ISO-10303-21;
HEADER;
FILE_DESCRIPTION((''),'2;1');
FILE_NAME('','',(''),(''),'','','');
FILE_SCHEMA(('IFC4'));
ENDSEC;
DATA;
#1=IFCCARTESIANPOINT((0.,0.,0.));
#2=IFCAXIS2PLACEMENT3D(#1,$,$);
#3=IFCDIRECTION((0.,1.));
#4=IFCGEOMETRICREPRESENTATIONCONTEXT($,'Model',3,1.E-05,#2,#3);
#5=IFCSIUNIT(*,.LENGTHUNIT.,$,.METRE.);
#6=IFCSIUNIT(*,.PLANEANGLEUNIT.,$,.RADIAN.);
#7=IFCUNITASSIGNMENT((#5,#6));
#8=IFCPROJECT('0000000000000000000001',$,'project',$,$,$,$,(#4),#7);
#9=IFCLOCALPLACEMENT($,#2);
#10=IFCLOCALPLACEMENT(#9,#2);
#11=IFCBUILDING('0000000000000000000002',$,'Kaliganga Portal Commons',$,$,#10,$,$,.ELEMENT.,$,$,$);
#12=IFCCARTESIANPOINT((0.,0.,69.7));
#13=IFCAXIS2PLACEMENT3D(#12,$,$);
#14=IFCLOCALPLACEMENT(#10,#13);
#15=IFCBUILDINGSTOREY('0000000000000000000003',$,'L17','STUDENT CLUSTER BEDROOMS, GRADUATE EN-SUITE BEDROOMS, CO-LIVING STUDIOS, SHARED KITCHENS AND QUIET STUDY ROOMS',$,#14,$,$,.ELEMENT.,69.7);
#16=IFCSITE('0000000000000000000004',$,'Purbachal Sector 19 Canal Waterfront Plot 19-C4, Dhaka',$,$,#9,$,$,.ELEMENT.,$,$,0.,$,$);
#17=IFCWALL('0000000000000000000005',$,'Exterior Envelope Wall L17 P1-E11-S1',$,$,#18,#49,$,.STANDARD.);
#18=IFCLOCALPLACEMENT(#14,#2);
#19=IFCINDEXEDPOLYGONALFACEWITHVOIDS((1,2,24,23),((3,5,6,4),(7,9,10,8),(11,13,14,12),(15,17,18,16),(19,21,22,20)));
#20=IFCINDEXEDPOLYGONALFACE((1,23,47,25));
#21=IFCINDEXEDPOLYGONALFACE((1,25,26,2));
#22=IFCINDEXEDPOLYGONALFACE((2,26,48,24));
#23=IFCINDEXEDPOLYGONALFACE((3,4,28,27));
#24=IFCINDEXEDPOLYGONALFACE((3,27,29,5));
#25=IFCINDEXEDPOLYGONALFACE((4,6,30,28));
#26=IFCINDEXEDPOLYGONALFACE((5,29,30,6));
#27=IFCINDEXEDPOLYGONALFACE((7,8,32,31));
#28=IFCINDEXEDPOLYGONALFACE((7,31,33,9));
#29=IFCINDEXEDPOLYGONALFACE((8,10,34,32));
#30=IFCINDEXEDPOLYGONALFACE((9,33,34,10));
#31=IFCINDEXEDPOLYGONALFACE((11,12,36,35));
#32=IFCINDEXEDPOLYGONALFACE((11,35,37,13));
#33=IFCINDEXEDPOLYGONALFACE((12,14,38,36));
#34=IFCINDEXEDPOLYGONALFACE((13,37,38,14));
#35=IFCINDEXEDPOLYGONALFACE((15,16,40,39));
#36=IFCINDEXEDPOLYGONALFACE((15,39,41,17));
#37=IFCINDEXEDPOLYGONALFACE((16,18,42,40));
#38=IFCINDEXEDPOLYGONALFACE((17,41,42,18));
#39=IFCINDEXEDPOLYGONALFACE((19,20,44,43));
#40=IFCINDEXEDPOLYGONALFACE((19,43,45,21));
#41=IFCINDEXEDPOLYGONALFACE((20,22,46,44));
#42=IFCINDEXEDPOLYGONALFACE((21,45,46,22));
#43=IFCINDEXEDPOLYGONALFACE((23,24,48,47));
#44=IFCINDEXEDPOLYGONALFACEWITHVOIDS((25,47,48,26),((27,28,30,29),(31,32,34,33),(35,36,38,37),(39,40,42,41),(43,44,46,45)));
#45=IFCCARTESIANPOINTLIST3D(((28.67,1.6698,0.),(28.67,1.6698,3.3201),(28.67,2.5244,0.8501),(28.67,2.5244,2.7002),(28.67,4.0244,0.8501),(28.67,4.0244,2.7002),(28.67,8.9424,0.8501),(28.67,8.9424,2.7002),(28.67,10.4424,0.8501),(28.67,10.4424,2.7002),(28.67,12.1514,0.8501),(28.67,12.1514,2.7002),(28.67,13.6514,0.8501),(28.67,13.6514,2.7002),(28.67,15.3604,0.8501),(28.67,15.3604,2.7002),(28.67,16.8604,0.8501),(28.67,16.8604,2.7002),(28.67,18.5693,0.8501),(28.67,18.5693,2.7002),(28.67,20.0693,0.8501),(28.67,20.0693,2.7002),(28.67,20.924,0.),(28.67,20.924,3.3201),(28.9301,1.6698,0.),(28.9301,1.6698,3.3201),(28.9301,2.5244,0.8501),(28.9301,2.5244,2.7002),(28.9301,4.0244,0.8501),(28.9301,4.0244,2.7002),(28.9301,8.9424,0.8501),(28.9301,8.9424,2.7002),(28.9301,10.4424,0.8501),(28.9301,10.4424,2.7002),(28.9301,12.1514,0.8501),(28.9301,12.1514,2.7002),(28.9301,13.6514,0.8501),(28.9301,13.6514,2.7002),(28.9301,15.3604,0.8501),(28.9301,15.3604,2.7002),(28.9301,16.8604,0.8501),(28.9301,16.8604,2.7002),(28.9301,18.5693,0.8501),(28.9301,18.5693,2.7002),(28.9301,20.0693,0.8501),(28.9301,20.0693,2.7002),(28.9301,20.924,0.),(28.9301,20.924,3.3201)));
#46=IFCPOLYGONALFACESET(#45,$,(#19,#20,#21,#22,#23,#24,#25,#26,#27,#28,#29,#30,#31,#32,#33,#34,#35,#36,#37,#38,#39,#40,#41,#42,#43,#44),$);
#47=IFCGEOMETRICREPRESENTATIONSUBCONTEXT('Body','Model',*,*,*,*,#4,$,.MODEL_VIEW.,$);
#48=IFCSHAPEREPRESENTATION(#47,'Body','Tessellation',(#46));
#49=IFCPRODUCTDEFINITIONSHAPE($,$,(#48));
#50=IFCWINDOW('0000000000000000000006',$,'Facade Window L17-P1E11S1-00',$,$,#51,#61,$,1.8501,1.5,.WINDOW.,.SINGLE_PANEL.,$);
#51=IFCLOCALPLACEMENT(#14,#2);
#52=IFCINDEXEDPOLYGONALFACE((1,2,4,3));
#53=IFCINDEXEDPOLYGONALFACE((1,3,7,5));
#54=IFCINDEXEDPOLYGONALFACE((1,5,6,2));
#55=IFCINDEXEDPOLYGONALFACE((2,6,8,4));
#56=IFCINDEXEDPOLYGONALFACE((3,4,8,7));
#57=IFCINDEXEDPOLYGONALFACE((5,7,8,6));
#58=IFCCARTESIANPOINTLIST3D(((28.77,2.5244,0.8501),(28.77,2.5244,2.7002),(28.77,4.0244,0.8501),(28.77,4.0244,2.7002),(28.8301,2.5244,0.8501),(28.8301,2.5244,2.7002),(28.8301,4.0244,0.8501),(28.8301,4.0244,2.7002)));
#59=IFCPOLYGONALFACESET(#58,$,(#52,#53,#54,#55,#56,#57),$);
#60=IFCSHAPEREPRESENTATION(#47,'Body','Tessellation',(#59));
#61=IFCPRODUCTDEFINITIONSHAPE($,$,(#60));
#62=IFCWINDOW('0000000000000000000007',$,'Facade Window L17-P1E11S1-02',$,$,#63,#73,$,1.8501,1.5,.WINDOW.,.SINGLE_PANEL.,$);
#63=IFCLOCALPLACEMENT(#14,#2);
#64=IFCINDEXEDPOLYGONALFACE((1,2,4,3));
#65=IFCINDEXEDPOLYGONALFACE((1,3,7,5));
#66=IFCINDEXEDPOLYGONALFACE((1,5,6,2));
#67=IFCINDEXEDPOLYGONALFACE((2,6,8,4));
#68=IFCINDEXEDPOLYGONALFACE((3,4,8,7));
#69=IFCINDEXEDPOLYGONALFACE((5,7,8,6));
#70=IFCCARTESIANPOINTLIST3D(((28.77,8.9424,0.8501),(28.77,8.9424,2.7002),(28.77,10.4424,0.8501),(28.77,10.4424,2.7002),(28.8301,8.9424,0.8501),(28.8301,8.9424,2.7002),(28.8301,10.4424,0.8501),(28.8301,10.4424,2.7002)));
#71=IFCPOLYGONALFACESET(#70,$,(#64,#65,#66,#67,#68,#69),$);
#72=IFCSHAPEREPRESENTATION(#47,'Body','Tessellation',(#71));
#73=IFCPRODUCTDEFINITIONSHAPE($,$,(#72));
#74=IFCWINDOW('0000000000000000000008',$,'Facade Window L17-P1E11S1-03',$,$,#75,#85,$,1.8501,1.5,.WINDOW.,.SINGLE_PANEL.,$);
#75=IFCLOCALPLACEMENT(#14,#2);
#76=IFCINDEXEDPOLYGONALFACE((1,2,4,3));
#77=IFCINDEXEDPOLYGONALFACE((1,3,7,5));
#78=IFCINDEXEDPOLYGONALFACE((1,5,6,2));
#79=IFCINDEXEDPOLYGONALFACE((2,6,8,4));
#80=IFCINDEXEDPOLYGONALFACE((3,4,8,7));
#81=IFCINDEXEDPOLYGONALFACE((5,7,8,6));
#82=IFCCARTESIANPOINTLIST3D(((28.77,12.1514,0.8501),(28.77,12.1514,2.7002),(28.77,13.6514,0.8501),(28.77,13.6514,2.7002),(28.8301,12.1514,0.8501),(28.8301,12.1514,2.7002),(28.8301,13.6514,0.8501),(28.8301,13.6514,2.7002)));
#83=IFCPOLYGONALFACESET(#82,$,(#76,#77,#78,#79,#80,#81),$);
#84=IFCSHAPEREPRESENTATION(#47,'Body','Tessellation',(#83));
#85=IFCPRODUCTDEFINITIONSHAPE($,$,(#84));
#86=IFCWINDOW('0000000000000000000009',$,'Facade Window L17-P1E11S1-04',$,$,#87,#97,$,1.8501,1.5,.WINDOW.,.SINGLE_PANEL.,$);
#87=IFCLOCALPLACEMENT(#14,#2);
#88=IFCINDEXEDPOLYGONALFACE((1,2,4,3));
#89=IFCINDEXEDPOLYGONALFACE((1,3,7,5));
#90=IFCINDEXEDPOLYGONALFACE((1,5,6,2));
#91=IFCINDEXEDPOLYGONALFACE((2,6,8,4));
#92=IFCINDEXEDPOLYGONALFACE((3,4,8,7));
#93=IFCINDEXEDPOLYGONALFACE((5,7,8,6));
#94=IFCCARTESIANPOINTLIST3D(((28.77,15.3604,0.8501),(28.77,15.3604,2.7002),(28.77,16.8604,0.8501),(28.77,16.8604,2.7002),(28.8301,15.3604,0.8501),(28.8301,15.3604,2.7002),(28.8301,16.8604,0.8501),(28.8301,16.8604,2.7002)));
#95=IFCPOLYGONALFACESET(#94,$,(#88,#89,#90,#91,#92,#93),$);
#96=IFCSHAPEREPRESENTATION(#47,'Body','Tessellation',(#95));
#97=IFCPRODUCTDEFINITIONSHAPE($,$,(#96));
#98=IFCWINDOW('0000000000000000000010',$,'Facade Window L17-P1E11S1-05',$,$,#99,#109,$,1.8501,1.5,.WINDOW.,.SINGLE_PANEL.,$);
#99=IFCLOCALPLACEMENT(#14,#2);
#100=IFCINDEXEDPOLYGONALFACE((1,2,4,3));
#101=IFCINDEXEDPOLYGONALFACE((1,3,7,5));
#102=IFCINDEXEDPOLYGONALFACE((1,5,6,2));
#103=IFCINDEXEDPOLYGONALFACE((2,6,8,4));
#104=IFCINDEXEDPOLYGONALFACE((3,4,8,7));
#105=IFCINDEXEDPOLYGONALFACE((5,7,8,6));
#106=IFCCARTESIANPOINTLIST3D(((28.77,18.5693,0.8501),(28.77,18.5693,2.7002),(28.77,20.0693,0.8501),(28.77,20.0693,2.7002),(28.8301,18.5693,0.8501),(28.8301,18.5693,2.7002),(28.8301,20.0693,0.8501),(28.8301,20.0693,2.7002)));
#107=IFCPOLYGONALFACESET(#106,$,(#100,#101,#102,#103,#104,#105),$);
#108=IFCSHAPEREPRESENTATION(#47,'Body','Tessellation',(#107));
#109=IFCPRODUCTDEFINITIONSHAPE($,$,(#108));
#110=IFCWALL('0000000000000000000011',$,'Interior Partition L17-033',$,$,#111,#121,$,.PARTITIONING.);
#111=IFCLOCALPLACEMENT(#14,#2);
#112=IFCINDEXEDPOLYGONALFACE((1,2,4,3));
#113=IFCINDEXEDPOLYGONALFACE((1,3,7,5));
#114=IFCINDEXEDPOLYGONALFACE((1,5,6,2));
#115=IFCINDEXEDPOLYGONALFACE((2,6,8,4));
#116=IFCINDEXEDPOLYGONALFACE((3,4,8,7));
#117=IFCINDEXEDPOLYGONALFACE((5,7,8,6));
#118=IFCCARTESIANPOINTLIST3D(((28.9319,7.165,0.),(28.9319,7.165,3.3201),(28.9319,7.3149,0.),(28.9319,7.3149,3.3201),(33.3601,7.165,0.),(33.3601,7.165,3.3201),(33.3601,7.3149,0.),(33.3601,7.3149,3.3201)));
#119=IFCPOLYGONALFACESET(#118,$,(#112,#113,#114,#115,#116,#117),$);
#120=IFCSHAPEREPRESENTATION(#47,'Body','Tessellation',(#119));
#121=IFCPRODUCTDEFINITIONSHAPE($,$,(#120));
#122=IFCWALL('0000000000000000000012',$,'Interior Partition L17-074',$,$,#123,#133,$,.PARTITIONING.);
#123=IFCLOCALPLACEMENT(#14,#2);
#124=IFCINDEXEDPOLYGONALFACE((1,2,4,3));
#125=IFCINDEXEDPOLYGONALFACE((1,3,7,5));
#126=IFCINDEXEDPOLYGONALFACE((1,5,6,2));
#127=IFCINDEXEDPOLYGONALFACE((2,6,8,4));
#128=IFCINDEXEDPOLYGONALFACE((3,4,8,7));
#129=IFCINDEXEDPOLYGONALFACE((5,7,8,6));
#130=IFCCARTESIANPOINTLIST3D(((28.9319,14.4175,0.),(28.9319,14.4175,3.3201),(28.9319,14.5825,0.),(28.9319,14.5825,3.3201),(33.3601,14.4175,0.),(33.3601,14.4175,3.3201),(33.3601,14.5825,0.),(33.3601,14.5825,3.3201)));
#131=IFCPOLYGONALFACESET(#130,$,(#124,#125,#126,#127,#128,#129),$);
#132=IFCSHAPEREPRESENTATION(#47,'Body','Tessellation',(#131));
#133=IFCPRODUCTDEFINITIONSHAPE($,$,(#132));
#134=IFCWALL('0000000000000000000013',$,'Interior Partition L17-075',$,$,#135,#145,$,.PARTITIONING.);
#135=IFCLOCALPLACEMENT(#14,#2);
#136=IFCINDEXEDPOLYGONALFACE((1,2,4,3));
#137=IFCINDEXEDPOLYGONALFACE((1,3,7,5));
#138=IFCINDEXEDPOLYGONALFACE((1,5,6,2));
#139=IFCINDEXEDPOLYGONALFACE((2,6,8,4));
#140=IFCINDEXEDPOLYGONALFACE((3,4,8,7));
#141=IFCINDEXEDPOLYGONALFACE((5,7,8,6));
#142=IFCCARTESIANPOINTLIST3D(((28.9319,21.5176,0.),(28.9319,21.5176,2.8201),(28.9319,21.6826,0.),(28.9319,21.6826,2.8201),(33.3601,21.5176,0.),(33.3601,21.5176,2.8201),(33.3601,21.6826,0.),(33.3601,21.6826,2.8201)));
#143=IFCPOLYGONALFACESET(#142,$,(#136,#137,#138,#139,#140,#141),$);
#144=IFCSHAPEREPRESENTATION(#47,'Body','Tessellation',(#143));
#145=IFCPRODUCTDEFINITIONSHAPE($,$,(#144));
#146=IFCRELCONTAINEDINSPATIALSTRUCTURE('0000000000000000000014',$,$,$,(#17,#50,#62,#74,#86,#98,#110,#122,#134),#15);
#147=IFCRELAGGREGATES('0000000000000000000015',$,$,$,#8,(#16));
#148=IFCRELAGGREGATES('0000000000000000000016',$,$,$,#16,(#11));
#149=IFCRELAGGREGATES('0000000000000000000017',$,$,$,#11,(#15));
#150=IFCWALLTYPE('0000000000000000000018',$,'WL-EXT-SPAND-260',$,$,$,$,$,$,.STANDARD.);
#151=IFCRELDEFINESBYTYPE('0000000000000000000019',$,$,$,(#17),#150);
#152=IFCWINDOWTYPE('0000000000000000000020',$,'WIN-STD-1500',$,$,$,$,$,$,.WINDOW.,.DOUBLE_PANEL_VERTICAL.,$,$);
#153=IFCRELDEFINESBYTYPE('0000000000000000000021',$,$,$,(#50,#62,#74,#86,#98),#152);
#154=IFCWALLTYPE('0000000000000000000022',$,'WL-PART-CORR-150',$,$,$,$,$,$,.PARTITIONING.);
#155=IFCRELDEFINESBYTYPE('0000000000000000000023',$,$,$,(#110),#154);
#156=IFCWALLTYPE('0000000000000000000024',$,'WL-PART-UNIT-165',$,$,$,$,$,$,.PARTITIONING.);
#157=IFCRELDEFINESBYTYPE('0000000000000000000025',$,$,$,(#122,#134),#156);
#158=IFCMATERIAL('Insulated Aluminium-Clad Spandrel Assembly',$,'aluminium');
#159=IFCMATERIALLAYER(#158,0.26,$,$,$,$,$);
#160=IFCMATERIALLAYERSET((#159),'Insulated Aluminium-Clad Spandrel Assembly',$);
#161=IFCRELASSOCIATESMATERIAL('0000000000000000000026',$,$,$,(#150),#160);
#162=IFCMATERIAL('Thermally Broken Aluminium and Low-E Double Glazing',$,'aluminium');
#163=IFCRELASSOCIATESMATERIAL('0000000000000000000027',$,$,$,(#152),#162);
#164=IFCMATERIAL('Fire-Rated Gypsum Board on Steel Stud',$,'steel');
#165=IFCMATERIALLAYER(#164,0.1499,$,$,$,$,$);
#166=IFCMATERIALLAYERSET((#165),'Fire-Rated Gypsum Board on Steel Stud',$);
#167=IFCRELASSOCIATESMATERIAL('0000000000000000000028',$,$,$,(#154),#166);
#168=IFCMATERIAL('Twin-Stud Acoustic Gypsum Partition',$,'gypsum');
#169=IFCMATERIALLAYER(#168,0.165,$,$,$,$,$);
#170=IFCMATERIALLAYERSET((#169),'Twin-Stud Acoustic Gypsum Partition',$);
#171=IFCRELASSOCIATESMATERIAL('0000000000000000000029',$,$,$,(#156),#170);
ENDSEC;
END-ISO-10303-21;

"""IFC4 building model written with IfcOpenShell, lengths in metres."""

from ifc_helpers import new_model, si_unit, direction, frame, frame_2d, origin, place, context, subcontext, project, spatial, rectangle, extrude, material, layer, layer_set, type_object, element, fill, save


model = new_model("IFC4")

# Units and contexts
model_context = context("Model", 3, precision=1e-05, world=origin(), true_north=direction((0.0, 1.0)))
body_context = subcontext(model_context, "Body", "Model", "MODEL_VIEW")
ifc_project = project(units=[si_unit("LENGTHUNIT", "METRE"), si_unit("PLANEANGLEUNIT", "RADIAN")], contexts=[model_context])

# Site, building, storey
site_placement = place(None, origin())
site = spatial("IfcSite", under=ifc_project, at=site_placement, Name="Purbachal Sector 19 Canal Waterfront Plot 19-C4, Dhaka", CompositionType="ELEMENT", RefElevation=0.0)
building_placement = place(site_placement, origin())
building = spatial("IfcBuilding", under=site, at=building_placement, Name="Kaliganga Portal Commons", CompositionType="ELEMENT")
storey_placement = place(building_placement, frame((0.0, 0.0, 69.7)))
storey = spatial("IfcBuildingStorey", under=building, at=storey_placement, Name="L17", Description="STUDENT CLUSTER BEDROOMS, GRADUATE EN-SUITE BEDROOMS, CO-LIVING STUDIOS, SHARED KITCHENS AND QUIET STUDY ROOMS", CompositionType="ELEMENT", Elevation=69.7)

# Shared definitions
ifc_material_1 = material(Name="Insulated Aluminium-Clad Spandrel Assembly", Category="aluminium")
ifc_layer_1 = layer(ifc_material_1, 0.26)
ifc_layer_set_1 = layer_set([ifc_layer_1], Name="Insulated Aluminium-Clad Spandrel Assembly")
wall_type_1 = type_object("IfcWallType", Name="WL-EXT-SPAND-260", PredefinedType="STANDARD", material=ifc_layer_set_1)
ifc_material_2 = material(Name="Thermally Broken Aluminium and Low-E Double Glazing", Category="aluminium")

# Wall, openings, windows
wall_1_placement = place(storey_placement, frame((28.8, 1.6699, 0.0), z_axis=(0.0, 0.0, 1.0), x_axis=(0.0, 1.0, 0.0)))
wall_1 = element("IfcWall", 1, at=wall_1_placement, inside=storey, type_object=wall_type_1, Name="Exterior Envelope Wall L17 P1-E11-S1", PredefinedType="STANDARD", context=body_context, shape_type="SweptSolid", body=[
    extrude(rectangle(XDim=19.2542, YDim=0.26, at=frame_2d((9.627, 0.0))), origin(), (0.0, 0.0, 1.0), 3.3201),
])
opening_1_placement = place(wall_1_placement, frame((0.8545, 0.0, 0.8501)))
opening_1 = element("IfcOpeningElement", 2, at=opening_1_placement, cuts=wall_1, PredefinedType="OPENING", context=body_context, shape_type="SweptSolid", body=[
    extrude(rectangle(XDim=1.5, YDim=1.8501, at=frame_2d((0.75, 0.925))), frame((0.0, 0.1401, 0.0), z_axis=(0.0, -1.0, 0.0), x_axis=(1.0, 0.0, 0.0)), (0.0, 0.0, 1.0), 0.28),
])
opening_2_placement = place(wall_1_placement, frame((7.2725, 0.0, 0.8501)))
opening_2 = element("IfcOpeningElement", 3, at=opening_2_placement, cuts=wall_1, PredefinedType="OPENING", context=body_context, shape_type="SweptSolid", body=[
    extrude(rectangle(XDim=1.5, YDim=1.8501, at=frame_2d((0.75, 0.925))), frame((0.0, 0.1401, 0.0), z_axis=(0.0, -1.0, 0.0), x_axis=(1.0, 0.0, 0.0)), (0.0, 0.0, 1.0), 0.28),
])
opening_3_placement = place(wall_1_placement, frame((10.4814, 0.0, 0.8501)))
opening_3 = element("IfcOpeningElement", 4, at=opening_3_placement, cuts=wall_1, PredefinedType="OPENING", context=body_context, shape_type="SweptSolid", body=[
    extrude(rectangle(XDim=1.5, YDim=1.8501, at=frame_2d((0.75, 0.925))), frame((0.0, 0.1401, 0.0), z_axis=(0.0, -1.0, 0.0), x_axis=(1.0, 0.0, 0.0)), (0.0, 0.0, 1.0), 0.28),
])
opening_4_placement = place(wall_1_placement, frame((13.6904, 0.0, 0.8501)))
opening_4 = element("IfcOpeningElement", 5, at=opening_4_placement, cuts=wall_1, PredefinedType="OPENING", context=body_context, shape_type="SweptSolid", body=[
    extrude(rectangle(XDim=1.5, YDim=1.8501, at=frame_2d((0.75, 0.925))), frame((0.0, 0.1401, 0.0), z_axis=(0.0, -1.0, 0.0), x_axis=(1.0, 0.0, 0.0)), (0.0, 0.0, 1.0), 0.28),
])
opening_5_placement = place(wall_1_placement, frame((16.8994, 0.0, 0.8501)))
opening_5 = element("IfcOpeningElement", 6, at=opening_5_placement, cuts=wall_1, PredefinedType="OPENING", context=body_context, shape_type="SweptSolid", body=[
    extrude(rectangle(XDim=1.5, YDim=1.8501, at=frame_2d((0.75, 0.925))), frame((0.0, 0.1401, 0.0), z_axis=(0.0, -1.0, 0.0), x_axis=(1.0, 0.0, 0.0)), (0.0, 0.0, 1.0), 0.28),
])
window_type_1 = type_object("IfcWindowType", Name="WIN-STD-1500", PartitioningType="DOUBLE_PANEL_VERTICAL", PredefinedType="WINDOW", material=ifc_material_2)
window_1_placement = place(opening_1_placement, origin())
window_1 = element("IfcWindow", 7, at=window_1_placement, inside=storey, type_object=window_type_1, Name="Facade Window L17-P1E11S1-00", OverallHeight=1.8501, OverallWidth=1.5, PartitioningType="SINGLE_PANEL", PredefinedType="WINDOW", context=body_context, shape_type="SweptSolid", body=[
    extrude(rectangle(XDim=1.5, YDim=1.8501, at=frame_2d((0.75, 0.925))), frame((0.0, 0.03, 0.0), z_axis=(0.0, -1.0, 0.0), x_axis=(1.0, 0.0, 0.0)), (0.0, 0.0, 1.0), 0.0601),
])
fill(opening_1, window_1)
window_2_placement = place(opening_2_placement, origin())
window_2 = element("IfcWindow", 8, at=window_2_placement, inside=storey, type_object=window_type_1, Name="Facade Window L17-P1E11S1-02", OverallHeight=1.8501, OverallWidth=1.5, PartitioningType="SINGLE_PANEL", PredefinedType="WINDOW", context=body_context, shape_type="SweptSolid", body=[
    extrude(rectangle(XDim=1.5, YDim=1.8501, at=frame_2d((0.75, 0.925))), frame((0.0, 0.03, 0.0), z_axis=(0.0, -1.0, 0.0), x_axis=(1.0, 0.0, 0.0)), (0.0, 0.0, 1.0), 0.0601),
])
fill(opening_2, window_2)
window_3_placement = place(opening_3_placement, origin())
window_3 = element("IfcWindow", 9, at=window_3_placement, inside=storey, type_object=window_type_1, Name="Facade Window L17-P1E11S1-03", OverallHeight=1.8501, OverallWidth=1.5, PartitioningType="SINGLE_PANEL", PredefinedType="WINDOW", context=body_context, shape_type="SweptSolid", body=[
    extrude(rectangle(XDim=1.5, YDim=1.8501, at=frame_2d((0.75, 0.925))), frame((0.0, 0.03, 0.0), z_axis=(0.0, -1.0, 0.0), x_axis=(1.0, 0.0, 0.0)), (0.0, 0.0, 1.0), 0.0601),
])
fill(opening_3, window_3)
window_4_placement = place(opening_4_placement, origin())
window_4 = element("IfcWindow", 10, at=window_4_placement, inside=storey, type_object=window_type_1, Name="Facade Window L17-P1E11S1-04", OverallHeight=1.8501, OverallWidth=1.5, PartitioningType="SINGLE_PANEL", PredefinedType="WINDOW", context=body_context, shape_type="SweptSolid", body=[
    extrude(rectangle(XDim=1.5, YDim=1.8501, at=frame_2d((0.75, 0.925))), frame((0.0, 0.03, 0.0), z_axis=(0.0, -1.0, 0.0), x_axis=(1.0, 0.0, 0.0)), (0.0, 0.0, 1.0), 0.0601),
])
fill(opening_4, window_4)
window_5_placement = place(opening_5_placement, origin())
window_5 = element("IfcWindow", 11, at=window_5_placement, inside=storey, type_object=window_type_1, Name="Facade Window L17-P1E11S1-05", OverallHeight=1.8501, OverallWidth=1.5, PartitioningType="SINGLE_PANEL", PredefinedType="WINDOW", context=body_context, shape_type="SweptSolid", body=[
    extrude(rectangle(XDim=1.5, YDim=1.8501, at=frame_2d((0.75, 0.925))), frame((0.0, 0.03, 0.0), z_axis=(0.0, -1.0, 0.0), x_axis=(1.0, 0.0, 0.0)), (0.0, 0.0, 1.0), 0.0601),
])
fill(opening_5, window_5)

# Walls
ifc_material_3 = material(Name="Fire-Rated Gypsum Board on Steel Stud", Category="steel")
ifc_layer_2 = layer(ifc_material_3, 0.1499)
ifc_layer_set_2 = layer_set([ifc_layer_2], Name="Fire-Rated Gypsum Board on Steel Stud")
wall_type_2 = type_object("IfcWallType", Name="WL-PART-CORR-150", PredefinedType="PARTITIONING", material=ifc_layer_set_2)
wall_2_placement = place(storey_placement, frame((28.9319, 7.24, 0.0), z_axis=(0.0, 0.0, 1.0), x_axis=(1.0, 0.0, 0.0)))
element("IfcWall", 12, at=wall_2_placement, inside=storey, type_object=wall_type_2, Name="Interior Partition L17-033", PredefinedType="PARTITIONING", context=body_context, shape_type="SweptSolid", body=[
    extrude(rectangle(XDim=4.4282, YDim=0.1499, at=frame_2d((2.2141, 0.0))), origin(), (0.0, 0.0, 1.0), 3.3201),
])
ifc_material_4 = material(Name="Twin-Stud Acoustic Gypsum Partition", Category="gypsum")
ifc_layer_3 = layer(ifc_material_4, 0.165)
ifc_layer_set_3 = layer_set([ifc_layer_3], Name="Twin-Stud Acoustic Gypsum Partition")
wall_type_3 = type_object("IfcWallType", Name="WL-PART-UNIT-165", PredefinedType="PARTITIONING", material=ifc_layer_set_3)
wall_3_placement = place(storey_placement, frame((28.9319, 14.5, 0.0), z_axis=(0.0, 0.0, 1.0), x_axis=(1.0, 0.0, 0.0)))
element("IfcWall", 13, at=wall_3_placement, inside=storey, type_object=wall_type_3, Name="Interior Partition L17-074", PredefinedType="PARTITIONING", context=body_context, shape_type="SweptSolid", body=[
    extrude(rectangle(XDim=4.4282, YDim=0.165, at=frame_2d((2.2141, 0.0))), origin(), (0.0, 0.0, 1.0), 3.3201),
])
wall_4_placement = place(storey_placement, frame((28.9319, 21.6001, 0.0), z_axis=(0.0, 0.0, 1.0), x_axis=(1.0, 0.0, 0.0)))
element("IfcWall", 14, at=wall_4_placement, inside=storey, type_object=wall_type_3, Name="Interior Partition L17-075", PredefinedType="PARTITIONING", context=body_context, shape_type="SweptSolid", body=[
    extrude(rectangle(XDim=4.4282, YDim=0.165, at=frame_2d((2.2141, 0.0))), origin(), (0.0, 0.0, 1.0), 2.8201),
])

save(model, "model.ifc")
